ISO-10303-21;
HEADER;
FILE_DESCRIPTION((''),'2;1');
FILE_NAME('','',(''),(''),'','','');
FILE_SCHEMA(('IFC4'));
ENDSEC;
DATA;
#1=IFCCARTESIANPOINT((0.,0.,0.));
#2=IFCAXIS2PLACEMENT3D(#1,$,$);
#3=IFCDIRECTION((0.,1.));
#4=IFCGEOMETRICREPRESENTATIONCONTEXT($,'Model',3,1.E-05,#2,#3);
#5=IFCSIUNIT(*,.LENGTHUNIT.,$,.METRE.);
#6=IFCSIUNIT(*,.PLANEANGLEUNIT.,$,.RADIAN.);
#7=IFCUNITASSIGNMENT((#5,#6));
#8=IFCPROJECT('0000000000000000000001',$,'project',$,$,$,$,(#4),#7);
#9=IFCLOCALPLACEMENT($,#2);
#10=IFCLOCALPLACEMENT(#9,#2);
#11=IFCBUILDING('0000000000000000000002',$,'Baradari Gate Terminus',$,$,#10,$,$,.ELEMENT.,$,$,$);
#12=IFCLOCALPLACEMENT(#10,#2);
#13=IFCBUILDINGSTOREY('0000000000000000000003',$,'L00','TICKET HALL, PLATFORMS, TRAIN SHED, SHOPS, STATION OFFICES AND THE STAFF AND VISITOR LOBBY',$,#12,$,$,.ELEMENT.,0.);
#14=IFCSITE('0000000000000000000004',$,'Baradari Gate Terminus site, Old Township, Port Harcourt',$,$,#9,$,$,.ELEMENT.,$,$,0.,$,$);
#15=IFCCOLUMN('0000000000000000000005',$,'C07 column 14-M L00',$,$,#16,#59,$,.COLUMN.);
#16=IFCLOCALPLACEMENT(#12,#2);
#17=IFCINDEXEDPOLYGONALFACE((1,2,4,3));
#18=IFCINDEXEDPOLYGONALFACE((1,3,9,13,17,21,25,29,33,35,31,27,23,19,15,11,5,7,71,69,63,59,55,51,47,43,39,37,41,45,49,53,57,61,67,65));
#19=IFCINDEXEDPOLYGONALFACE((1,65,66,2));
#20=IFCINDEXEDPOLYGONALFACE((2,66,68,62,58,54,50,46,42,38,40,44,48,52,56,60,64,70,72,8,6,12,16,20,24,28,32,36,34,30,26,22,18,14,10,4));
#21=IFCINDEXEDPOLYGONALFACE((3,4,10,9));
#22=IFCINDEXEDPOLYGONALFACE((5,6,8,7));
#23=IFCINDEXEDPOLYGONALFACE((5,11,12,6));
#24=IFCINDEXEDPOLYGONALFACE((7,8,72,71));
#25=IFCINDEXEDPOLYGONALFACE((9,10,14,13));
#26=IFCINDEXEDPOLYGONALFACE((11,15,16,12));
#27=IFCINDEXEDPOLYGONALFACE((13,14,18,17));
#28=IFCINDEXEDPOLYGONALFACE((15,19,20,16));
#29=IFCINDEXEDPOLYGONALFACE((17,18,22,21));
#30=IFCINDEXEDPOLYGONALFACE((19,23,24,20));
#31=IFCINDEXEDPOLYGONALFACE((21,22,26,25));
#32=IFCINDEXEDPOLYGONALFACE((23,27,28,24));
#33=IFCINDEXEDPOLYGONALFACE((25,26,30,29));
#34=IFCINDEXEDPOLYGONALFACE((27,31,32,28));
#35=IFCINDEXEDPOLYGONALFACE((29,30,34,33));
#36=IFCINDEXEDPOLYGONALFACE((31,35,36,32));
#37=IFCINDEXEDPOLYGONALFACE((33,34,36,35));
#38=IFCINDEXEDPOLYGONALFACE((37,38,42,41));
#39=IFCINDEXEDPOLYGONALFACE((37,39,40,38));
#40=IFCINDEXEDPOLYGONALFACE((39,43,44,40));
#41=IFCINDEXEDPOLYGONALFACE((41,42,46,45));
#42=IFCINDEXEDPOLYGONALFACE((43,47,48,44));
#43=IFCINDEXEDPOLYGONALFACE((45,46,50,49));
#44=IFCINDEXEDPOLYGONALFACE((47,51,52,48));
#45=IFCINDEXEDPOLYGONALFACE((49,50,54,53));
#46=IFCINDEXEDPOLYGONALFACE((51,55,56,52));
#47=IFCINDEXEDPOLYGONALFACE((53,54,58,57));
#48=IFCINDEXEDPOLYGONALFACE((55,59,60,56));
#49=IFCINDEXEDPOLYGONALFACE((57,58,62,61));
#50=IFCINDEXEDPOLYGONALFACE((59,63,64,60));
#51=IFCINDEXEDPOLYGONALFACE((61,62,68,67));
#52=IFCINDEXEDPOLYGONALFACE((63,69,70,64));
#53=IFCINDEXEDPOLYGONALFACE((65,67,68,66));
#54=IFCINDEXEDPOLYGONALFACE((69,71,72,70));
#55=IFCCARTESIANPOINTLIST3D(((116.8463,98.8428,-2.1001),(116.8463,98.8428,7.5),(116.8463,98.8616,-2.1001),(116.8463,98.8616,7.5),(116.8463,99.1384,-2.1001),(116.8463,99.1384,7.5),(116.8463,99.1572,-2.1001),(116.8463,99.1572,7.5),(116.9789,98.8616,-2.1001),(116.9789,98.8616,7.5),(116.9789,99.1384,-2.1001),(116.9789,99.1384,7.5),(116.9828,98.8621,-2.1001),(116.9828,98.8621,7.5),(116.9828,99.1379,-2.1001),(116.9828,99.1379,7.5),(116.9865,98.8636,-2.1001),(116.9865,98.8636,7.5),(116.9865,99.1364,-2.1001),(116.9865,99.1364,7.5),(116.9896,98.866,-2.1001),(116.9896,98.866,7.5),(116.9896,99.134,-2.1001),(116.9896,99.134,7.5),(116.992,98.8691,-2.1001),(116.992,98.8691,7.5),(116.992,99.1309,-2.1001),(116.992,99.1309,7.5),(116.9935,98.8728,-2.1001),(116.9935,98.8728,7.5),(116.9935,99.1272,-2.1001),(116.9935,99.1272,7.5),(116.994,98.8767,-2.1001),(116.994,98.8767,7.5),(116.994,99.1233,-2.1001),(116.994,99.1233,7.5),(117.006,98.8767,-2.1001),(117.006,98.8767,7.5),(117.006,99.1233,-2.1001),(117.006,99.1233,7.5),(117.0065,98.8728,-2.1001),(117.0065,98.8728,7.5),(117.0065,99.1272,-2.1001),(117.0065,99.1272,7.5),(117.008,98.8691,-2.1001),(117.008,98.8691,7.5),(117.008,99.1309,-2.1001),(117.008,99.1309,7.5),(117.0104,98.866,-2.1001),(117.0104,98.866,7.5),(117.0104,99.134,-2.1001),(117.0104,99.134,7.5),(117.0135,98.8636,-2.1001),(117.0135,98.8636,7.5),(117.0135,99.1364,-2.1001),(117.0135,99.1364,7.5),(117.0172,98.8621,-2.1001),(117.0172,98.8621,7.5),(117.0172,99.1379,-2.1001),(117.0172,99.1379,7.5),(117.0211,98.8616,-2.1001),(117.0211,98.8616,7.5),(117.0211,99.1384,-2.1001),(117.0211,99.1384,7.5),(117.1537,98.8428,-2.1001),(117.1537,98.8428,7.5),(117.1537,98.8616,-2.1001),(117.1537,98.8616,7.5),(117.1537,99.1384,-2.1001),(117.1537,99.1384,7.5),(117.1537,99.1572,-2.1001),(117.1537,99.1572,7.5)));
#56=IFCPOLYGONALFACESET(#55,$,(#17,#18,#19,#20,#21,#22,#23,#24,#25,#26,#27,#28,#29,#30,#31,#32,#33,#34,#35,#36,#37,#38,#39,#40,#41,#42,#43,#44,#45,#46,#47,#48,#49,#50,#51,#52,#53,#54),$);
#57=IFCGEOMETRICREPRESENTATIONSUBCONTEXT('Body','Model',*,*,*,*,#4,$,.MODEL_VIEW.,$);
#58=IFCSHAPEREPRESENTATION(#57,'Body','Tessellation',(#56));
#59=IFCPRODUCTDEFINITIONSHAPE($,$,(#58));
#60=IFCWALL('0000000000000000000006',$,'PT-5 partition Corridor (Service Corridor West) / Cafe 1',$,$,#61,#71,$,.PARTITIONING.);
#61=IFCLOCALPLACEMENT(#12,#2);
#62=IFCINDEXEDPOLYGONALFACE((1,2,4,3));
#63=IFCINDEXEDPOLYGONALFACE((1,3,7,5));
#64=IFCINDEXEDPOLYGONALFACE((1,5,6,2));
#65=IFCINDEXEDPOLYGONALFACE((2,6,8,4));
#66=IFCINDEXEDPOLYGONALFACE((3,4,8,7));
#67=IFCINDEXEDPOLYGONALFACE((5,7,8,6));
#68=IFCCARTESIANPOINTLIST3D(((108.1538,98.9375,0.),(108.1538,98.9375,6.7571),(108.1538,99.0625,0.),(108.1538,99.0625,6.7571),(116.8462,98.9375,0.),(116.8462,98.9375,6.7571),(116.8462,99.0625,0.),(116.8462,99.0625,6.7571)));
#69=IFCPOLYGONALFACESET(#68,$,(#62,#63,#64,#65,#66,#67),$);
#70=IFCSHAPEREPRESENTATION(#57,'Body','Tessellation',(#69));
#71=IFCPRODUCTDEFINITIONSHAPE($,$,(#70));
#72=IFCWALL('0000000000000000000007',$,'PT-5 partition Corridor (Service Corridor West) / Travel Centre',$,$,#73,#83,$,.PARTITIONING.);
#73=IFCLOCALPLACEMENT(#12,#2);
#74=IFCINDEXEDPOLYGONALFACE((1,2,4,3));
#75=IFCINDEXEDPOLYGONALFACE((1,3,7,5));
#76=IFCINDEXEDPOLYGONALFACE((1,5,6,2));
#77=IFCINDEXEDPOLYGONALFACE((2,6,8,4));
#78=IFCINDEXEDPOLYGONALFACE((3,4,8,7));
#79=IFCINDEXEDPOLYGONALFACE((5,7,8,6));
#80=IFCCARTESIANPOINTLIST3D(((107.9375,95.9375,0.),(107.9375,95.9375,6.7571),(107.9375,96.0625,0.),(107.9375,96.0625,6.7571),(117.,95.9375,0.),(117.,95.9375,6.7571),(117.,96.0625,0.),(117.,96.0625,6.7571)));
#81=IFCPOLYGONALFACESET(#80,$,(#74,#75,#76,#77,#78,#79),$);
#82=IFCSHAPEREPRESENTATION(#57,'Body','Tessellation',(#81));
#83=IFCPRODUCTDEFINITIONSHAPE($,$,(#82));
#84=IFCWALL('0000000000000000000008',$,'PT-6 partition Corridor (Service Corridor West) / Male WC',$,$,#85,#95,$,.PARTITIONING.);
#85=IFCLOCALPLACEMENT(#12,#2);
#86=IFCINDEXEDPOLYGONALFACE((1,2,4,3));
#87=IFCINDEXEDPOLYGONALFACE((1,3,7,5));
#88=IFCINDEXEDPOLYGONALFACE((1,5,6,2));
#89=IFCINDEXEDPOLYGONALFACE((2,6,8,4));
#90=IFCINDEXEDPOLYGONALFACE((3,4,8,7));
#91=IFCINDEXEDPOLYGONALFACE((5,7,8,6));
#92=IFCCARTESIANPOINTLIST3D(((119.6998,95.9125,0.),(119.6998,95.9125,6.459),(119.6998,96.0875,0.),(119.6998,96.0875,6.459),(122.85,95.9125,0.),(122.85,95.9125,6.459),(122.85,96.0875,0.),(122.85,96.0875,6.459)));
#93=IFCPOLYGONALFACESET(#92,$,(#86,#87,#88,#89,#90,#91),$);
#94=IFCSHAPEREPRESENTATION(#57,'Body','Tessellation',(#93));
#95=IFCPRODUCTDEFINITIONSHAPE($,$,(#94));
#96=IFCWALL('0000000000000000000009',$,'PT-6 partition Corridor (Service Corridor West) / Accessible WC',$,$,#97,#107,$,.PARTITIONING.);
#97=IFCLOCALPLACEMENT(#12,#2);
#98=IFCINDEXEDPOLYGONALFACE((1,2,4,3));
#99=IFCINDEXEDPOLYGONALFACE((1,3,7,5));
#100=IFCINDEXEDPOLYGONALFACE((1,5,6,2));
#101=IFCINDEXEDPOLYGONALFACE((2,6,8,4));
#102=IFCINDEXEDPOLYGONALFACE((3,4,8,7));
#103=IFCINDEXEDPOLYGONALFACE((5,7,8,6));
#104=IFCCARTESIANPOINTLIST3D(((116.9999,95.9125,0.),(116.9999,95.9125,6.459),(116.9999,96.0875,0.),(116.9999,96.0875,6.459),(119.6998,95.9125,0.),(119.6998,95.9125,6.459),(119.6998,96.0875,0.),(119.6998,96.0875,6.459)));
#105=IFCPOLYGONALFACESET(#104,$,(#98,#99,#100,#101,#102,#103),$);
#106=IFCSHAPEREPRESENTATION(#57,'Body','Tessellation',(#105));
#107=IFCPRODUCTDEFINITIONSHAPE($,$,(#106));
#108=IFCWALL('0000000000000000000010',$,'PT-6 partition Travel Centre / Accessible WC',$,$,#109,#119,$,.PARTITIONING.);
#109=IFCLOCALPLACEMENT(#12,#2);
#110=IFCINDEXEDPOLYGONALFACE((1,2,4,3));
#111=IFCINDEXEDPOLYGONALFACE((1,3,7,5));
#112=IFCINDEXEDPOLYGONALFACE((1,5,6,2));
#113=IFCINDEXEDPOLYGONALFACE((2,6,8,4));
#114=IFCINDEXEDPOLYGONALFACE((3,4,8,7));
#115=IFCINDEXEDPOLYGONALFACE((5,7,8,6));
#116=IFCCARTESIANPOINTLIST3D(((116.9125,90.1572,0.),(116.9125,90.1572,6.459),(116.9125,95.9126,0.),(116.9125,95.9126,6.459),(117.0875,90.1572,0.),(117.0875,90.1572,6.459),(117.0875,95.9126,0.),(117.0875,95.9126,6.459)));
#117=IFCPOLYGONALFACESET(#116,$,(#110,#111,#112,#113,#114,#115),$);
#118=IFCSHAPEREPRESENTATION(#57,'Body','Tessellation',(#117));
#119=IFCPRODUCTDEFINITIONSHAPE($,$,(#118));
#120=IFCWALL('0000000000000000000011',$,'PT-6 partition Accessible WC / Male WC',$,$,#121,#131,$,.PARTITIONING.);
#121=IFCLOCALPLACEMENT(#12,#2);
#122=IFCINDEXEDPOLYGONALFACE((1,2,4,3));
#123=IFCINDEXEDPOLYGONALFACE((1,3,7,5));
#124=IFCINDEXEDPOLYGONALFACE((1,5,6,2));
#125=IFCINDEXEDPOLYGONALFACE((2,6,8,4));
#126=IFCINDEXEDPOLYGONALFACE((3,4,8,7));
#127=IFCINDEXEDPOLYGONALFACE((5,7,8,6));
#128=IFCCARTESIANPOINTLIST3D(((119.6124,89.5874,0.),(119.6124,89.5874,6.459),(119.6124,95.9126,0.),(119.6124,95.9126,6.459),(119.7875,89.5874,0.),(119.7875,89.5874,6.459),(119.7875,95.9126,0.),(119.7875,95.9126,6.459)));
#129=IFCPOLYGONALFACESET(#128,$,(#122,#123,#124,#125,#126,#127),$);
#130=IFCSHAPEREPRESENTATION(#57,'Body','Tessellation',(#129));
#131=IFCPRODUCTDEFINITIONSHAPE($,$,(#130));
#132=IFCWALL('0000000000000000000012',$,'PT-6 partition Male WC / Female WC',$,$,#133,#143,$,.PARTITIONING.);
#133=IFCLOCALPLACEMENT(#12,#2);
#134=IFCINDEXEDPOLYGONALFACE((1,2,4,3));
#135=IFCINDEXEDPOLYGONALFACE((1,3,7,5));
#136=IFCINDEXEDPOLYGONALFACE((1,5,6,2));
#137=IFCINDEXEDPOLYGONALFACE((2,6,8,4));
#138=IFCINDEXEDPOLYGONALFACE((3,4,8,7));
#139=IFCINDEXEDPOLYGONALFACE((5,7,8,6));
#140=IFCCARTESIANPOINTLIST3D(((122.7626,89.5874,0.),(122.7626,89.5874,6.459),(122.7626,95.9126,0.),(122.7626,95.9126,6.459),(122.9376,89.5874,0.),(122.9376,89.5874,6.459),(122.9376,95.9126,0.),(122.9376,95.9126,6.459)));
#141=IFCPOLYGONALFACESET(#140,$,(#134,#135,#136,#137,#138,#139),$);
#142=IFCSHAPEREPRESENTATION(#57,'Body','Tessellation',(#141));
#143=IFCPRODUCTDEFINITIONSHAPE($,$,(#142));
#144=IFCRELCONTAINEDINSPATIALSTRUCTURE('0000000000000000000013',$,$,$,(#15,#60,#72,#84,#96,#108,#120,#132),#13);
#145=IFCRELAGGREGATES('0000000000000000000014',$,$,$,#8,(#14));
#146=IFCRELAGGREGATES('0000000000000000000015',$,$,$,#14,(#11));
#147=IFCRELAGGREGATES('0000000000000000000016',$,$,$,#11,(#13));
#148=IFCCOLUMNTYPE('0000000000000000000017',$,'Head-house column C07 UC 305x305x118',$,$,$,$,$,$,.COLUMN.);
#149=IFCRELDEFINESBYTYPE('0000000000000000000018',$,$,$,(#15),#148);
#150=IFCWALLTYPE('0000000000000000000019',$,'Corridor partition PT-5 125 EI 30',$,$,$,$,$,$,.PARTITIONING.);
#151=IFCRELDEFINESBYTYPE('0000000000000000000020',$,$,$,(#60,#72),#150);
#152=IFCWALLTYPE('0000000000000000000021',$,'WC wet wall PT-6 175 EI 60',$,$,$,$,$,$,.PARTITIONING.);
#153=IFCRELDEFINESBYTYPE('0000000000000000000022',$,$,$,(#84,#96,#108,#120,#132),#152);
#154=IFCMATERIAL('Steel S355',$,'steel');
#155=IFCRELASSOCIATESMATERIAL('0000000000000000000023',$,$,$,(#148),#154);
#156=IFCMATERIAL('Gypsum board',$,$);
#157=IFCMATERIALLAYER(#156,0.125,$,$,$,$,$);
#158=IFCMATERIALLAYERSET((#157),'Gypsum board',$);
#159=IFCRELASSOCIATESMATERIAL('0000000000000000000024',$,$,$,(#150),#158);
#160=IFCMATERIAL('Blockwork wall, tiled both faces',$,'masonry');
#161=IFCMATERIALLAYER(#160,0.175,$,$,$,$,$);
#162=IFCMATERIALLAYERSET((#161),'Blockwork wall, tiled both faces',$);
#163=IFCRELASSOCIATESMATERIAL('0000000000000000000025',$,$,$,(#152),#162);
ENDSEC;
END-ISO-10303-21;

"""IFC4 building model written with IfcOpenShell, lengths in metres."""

from ifc_helpers import new_model, si_unit, direction, frame, frame_2d, origin, origin_2d, place, context, subcontext, project, spatial, rectangle, i_section, extrude, material, layer, layer_set, material_profile, profile_set, type_object, element, save


model = new_model("IFC4")

# Units and contexts
model_context = context("Model", 3, precision=1e-05, world=origin(), true_north=direction((0.0, 1.0)))
body_context = subcontext(model_context, "Body", "Model", "MODEL_VIEW")
ifc_project = project(units=[si_unit("LENGTHUNIT", "METRE"), si_unit("PLANEANGLEUNIT", "RADIAN")], contexts=[model_context])

# Site, building, storey
site_placement = place(None, origin())
site = spatial("IfcSite", under=ifc_project, at=site_placement, Name="Baradari Gate Terminus site, Old Township, Port Harcourt", CompositionType="ELEMENT", RefElevation=0.0)
building_placement = place(site_placement, origin())
building = spatial("IfcBuilding", under=site, at=building_placement, Name="Baradari Gate Terminus", CompositionType="ELEMENT")
storey_placement = place(building_placement, origin())
storey = spatial("IfcBuildingStorey", under=building, at=storey_placement, Name="L00", Description="TICKET HALL, PLATFORMS, TRAIN SHED, SHOPS, STATION OFFICES AND THE STAFF AND VISITOR LOBBY", CompositionType="ELEMENT", Elevation=0.0)

# Column
ifc_material_1 = material(Name="Steel S355", Category="steel")
ifc_material_profile = material_profile(ifc_material_1, i_section(OverallWidth=0.3074, OverallDepth=0.3145, WebThickness=0.012, FlangeThickness=0.0188, FilletRadius=0.0151, at=origin_2d()), Name="UC 305x305x118")
ifc_profile_set = profile_set([ifc_material_profile], Name="Steel S355")
column_type = type_object("IfcColumnType", Name="Head-house column C07 UC 305x305x118", PredefinedType="COLUMN", material=ifc_profile_set)
column_placement = place(storey_placement, frame((117.0, 99.0, -2.1001), z_axis=(0.0, 0.0, 1.0), x_axis=(1.0, 0.0, 0.0)))
element("IfcColumn", 1, at=column_placement, inside=storey, type_object=column_type, Name="C07 column 14-M L00", PredefinedType="COLUMN", context=body_context, shape_type="SweptSolid", body=[
    extrude(i_section(OverallWidth=0.3074, OverallDepth=0.3145, WebThickness=0.012, FlangeThickness=0.0188, FilletRadius=0.0151, at=origin_2d()), origin(), (0.0, 0.0, 1.0), 9.6001),
])

# Walls
ifc_material_2 = material(Name="Gypsum board")
ifc_layer_1 = layer(ifc_material_2, 0.125)
ifc_layer_set_1 = layer_set([ifc_layer_1], Name="Gypsum board")
wall_type_1 = type_object("IfcWallType", Name="Corridor partition PT-5 125 EI 30", PredefinedType="PARTITIONING", material=ifc_layer_set_1)
wall_1_placement = place(storey_placement, frame((108.1538, 99.0, 0.0), z_axis=(0.0, 0.0, 1.0), x_axis=(1.0, 0.0, 0.0)))
element("IfcWall", 2, at=wall_1_placement, inside=storey, type_object=wall_type_1, Name="PT-5 partition Corridor (Service Corridor West) / Cafe 1", PredefinedType="PARTITIONING", context=body_context, shape_type="SweptSolid", body=[
    extrude(rectangle(XDim=8.6924, YDim=0.125, at=frame_2d((4.3462, 0.0))), origin(), (0.0, 0.0, 1.0), 6.7571),
])
wall_2_placement = place(storey_placement, frame((117.0, 96.0, 0.0), z_axis=(0.0, 0.0, 1.0), x_axis=(-1.0, 0.0, 0.0)))
element("IfcWall", 3, at=wall_2_placement, inside=storey, type_object=wall_type_1, Name="PT-5 partition Corridor (Service Corridor West) / Travel Centre", PredefinedType="PARTITIONING", context=body_context, shape_type="SweptSolid", body=[
    extrude(rectangle(XDim=9.0625, YDim=0.125, at=frame_2d((4.5312, 0.0))), origin(), (0.0, 0.0, 1.0), 6.7571),
])
ifc_material_3 = material(Name="Blockwork wall, tiled both faces", Category="masonry")
ifc_layer_2 = layer(ifc_material_3, 0.175)
ifc_layer_set_2 = layer_set([ifc_layer_2], Name="Blockwork wall, tiled both faces")
wall_type_2 = type_object("IfcWallType", Name="WC wet wall PT-6 175 EI 60", PredefinedType="PARTITIONING", material=ifc_layer_set_2)
wall_3_placement = place(storey_placement, frame((122.8501, 96.0, 0.0), z_axis=(0.0, 0.0, 1.0), x_axis=(-1.0, 0.0, 0.0)))
element("IfcWall", 4, at=wall_3_placement, inside=storey, type_object=wall_type_2, Name="PT-6 partition Corridor (Service Corridor West) / Male WC", PredefinedType="PARTITIONING", context=body_context, shape_type="SweptSolid", body=[
    extrude(rectangle(XDim=3.1501, YDim=0.175, at=frame_2d((1.5752, 0.0))), origin(), (0.0, 0.0, 1.0), 6.459),
])
wall_4_placement = place(storey_placement, frame((119.7, 96.0, 0.0), z_axis=(0.0, 0.0, 1.0), x_axis=(-1.0, 0.0, 0.0)))
element("IfcWall", 5, at=wall_4_placement, inside=storey, type_object=wall_type_2, Name="PT-6 partition Corridor (Service Corridor West) / Accessible WC", PredefinedType="PARTITIONING", context=body_context, shape_type="SweptSolid", body=[
    extrude(rectangle(XDim=2.7, YDim=0.175, at=frame_2d((1.3501, 0.0))), origin(), (0.0, 0.0, 1.0), 6.459),
])
wall_5_placement = place(storey_placement, frame((117.0, 95.9126, 0.0), z_axis=(0.0, 0.0, 1.0), x_axis=(0.0, -1.0, 0.0)))
element("IfcWall", 6, at=wall_5_placement, inside=storey, type_object=wall_type_2, Name="PT-6 partition Travel Centre / Accessible WC", PredefinedType="PARTITIONING", context=body_context, shape_type="SweptSolid", body=[
    extrude(rectangle(XDim=5.7554, YDim=0.175, at=frame_2d((2.8777, 0.0))), origin(), (0.0, 0.0, 1.0), 6.459),
])
for number, where, z_axis, x_axis, name in (
    (7, (119.7, 95.9126, 0.0), (0.0, 0.0, 1.0), (0.0, -1.0, 0.0), "PT-6 partition Accessible WC / Male WC"),
    (8, (122.8501, 95.9126, 0.0), (0.0, 0.0, 1.0), (0.0, -1.0, 0.0), "PT-6 partition Male WC / Female WC"),
):
    element("IfcWall", number, at=place(storey_placement, frame(where, z_axis=z_axis, x_axis=x_axis)), inside=storey, type_object=wall_type_2, Name=name, PredefinedType="PARTITIONING", context=body_context, shape_type="SweptSolid", body=[
        extrude(rectangle(XDim=6.3252, YDim=0.175, at=frame_2d((3.1626, 0.0))), origin(), (0.0, 0.0, 1.0), 6.459),
    ])

save(model, "model.ifc")
